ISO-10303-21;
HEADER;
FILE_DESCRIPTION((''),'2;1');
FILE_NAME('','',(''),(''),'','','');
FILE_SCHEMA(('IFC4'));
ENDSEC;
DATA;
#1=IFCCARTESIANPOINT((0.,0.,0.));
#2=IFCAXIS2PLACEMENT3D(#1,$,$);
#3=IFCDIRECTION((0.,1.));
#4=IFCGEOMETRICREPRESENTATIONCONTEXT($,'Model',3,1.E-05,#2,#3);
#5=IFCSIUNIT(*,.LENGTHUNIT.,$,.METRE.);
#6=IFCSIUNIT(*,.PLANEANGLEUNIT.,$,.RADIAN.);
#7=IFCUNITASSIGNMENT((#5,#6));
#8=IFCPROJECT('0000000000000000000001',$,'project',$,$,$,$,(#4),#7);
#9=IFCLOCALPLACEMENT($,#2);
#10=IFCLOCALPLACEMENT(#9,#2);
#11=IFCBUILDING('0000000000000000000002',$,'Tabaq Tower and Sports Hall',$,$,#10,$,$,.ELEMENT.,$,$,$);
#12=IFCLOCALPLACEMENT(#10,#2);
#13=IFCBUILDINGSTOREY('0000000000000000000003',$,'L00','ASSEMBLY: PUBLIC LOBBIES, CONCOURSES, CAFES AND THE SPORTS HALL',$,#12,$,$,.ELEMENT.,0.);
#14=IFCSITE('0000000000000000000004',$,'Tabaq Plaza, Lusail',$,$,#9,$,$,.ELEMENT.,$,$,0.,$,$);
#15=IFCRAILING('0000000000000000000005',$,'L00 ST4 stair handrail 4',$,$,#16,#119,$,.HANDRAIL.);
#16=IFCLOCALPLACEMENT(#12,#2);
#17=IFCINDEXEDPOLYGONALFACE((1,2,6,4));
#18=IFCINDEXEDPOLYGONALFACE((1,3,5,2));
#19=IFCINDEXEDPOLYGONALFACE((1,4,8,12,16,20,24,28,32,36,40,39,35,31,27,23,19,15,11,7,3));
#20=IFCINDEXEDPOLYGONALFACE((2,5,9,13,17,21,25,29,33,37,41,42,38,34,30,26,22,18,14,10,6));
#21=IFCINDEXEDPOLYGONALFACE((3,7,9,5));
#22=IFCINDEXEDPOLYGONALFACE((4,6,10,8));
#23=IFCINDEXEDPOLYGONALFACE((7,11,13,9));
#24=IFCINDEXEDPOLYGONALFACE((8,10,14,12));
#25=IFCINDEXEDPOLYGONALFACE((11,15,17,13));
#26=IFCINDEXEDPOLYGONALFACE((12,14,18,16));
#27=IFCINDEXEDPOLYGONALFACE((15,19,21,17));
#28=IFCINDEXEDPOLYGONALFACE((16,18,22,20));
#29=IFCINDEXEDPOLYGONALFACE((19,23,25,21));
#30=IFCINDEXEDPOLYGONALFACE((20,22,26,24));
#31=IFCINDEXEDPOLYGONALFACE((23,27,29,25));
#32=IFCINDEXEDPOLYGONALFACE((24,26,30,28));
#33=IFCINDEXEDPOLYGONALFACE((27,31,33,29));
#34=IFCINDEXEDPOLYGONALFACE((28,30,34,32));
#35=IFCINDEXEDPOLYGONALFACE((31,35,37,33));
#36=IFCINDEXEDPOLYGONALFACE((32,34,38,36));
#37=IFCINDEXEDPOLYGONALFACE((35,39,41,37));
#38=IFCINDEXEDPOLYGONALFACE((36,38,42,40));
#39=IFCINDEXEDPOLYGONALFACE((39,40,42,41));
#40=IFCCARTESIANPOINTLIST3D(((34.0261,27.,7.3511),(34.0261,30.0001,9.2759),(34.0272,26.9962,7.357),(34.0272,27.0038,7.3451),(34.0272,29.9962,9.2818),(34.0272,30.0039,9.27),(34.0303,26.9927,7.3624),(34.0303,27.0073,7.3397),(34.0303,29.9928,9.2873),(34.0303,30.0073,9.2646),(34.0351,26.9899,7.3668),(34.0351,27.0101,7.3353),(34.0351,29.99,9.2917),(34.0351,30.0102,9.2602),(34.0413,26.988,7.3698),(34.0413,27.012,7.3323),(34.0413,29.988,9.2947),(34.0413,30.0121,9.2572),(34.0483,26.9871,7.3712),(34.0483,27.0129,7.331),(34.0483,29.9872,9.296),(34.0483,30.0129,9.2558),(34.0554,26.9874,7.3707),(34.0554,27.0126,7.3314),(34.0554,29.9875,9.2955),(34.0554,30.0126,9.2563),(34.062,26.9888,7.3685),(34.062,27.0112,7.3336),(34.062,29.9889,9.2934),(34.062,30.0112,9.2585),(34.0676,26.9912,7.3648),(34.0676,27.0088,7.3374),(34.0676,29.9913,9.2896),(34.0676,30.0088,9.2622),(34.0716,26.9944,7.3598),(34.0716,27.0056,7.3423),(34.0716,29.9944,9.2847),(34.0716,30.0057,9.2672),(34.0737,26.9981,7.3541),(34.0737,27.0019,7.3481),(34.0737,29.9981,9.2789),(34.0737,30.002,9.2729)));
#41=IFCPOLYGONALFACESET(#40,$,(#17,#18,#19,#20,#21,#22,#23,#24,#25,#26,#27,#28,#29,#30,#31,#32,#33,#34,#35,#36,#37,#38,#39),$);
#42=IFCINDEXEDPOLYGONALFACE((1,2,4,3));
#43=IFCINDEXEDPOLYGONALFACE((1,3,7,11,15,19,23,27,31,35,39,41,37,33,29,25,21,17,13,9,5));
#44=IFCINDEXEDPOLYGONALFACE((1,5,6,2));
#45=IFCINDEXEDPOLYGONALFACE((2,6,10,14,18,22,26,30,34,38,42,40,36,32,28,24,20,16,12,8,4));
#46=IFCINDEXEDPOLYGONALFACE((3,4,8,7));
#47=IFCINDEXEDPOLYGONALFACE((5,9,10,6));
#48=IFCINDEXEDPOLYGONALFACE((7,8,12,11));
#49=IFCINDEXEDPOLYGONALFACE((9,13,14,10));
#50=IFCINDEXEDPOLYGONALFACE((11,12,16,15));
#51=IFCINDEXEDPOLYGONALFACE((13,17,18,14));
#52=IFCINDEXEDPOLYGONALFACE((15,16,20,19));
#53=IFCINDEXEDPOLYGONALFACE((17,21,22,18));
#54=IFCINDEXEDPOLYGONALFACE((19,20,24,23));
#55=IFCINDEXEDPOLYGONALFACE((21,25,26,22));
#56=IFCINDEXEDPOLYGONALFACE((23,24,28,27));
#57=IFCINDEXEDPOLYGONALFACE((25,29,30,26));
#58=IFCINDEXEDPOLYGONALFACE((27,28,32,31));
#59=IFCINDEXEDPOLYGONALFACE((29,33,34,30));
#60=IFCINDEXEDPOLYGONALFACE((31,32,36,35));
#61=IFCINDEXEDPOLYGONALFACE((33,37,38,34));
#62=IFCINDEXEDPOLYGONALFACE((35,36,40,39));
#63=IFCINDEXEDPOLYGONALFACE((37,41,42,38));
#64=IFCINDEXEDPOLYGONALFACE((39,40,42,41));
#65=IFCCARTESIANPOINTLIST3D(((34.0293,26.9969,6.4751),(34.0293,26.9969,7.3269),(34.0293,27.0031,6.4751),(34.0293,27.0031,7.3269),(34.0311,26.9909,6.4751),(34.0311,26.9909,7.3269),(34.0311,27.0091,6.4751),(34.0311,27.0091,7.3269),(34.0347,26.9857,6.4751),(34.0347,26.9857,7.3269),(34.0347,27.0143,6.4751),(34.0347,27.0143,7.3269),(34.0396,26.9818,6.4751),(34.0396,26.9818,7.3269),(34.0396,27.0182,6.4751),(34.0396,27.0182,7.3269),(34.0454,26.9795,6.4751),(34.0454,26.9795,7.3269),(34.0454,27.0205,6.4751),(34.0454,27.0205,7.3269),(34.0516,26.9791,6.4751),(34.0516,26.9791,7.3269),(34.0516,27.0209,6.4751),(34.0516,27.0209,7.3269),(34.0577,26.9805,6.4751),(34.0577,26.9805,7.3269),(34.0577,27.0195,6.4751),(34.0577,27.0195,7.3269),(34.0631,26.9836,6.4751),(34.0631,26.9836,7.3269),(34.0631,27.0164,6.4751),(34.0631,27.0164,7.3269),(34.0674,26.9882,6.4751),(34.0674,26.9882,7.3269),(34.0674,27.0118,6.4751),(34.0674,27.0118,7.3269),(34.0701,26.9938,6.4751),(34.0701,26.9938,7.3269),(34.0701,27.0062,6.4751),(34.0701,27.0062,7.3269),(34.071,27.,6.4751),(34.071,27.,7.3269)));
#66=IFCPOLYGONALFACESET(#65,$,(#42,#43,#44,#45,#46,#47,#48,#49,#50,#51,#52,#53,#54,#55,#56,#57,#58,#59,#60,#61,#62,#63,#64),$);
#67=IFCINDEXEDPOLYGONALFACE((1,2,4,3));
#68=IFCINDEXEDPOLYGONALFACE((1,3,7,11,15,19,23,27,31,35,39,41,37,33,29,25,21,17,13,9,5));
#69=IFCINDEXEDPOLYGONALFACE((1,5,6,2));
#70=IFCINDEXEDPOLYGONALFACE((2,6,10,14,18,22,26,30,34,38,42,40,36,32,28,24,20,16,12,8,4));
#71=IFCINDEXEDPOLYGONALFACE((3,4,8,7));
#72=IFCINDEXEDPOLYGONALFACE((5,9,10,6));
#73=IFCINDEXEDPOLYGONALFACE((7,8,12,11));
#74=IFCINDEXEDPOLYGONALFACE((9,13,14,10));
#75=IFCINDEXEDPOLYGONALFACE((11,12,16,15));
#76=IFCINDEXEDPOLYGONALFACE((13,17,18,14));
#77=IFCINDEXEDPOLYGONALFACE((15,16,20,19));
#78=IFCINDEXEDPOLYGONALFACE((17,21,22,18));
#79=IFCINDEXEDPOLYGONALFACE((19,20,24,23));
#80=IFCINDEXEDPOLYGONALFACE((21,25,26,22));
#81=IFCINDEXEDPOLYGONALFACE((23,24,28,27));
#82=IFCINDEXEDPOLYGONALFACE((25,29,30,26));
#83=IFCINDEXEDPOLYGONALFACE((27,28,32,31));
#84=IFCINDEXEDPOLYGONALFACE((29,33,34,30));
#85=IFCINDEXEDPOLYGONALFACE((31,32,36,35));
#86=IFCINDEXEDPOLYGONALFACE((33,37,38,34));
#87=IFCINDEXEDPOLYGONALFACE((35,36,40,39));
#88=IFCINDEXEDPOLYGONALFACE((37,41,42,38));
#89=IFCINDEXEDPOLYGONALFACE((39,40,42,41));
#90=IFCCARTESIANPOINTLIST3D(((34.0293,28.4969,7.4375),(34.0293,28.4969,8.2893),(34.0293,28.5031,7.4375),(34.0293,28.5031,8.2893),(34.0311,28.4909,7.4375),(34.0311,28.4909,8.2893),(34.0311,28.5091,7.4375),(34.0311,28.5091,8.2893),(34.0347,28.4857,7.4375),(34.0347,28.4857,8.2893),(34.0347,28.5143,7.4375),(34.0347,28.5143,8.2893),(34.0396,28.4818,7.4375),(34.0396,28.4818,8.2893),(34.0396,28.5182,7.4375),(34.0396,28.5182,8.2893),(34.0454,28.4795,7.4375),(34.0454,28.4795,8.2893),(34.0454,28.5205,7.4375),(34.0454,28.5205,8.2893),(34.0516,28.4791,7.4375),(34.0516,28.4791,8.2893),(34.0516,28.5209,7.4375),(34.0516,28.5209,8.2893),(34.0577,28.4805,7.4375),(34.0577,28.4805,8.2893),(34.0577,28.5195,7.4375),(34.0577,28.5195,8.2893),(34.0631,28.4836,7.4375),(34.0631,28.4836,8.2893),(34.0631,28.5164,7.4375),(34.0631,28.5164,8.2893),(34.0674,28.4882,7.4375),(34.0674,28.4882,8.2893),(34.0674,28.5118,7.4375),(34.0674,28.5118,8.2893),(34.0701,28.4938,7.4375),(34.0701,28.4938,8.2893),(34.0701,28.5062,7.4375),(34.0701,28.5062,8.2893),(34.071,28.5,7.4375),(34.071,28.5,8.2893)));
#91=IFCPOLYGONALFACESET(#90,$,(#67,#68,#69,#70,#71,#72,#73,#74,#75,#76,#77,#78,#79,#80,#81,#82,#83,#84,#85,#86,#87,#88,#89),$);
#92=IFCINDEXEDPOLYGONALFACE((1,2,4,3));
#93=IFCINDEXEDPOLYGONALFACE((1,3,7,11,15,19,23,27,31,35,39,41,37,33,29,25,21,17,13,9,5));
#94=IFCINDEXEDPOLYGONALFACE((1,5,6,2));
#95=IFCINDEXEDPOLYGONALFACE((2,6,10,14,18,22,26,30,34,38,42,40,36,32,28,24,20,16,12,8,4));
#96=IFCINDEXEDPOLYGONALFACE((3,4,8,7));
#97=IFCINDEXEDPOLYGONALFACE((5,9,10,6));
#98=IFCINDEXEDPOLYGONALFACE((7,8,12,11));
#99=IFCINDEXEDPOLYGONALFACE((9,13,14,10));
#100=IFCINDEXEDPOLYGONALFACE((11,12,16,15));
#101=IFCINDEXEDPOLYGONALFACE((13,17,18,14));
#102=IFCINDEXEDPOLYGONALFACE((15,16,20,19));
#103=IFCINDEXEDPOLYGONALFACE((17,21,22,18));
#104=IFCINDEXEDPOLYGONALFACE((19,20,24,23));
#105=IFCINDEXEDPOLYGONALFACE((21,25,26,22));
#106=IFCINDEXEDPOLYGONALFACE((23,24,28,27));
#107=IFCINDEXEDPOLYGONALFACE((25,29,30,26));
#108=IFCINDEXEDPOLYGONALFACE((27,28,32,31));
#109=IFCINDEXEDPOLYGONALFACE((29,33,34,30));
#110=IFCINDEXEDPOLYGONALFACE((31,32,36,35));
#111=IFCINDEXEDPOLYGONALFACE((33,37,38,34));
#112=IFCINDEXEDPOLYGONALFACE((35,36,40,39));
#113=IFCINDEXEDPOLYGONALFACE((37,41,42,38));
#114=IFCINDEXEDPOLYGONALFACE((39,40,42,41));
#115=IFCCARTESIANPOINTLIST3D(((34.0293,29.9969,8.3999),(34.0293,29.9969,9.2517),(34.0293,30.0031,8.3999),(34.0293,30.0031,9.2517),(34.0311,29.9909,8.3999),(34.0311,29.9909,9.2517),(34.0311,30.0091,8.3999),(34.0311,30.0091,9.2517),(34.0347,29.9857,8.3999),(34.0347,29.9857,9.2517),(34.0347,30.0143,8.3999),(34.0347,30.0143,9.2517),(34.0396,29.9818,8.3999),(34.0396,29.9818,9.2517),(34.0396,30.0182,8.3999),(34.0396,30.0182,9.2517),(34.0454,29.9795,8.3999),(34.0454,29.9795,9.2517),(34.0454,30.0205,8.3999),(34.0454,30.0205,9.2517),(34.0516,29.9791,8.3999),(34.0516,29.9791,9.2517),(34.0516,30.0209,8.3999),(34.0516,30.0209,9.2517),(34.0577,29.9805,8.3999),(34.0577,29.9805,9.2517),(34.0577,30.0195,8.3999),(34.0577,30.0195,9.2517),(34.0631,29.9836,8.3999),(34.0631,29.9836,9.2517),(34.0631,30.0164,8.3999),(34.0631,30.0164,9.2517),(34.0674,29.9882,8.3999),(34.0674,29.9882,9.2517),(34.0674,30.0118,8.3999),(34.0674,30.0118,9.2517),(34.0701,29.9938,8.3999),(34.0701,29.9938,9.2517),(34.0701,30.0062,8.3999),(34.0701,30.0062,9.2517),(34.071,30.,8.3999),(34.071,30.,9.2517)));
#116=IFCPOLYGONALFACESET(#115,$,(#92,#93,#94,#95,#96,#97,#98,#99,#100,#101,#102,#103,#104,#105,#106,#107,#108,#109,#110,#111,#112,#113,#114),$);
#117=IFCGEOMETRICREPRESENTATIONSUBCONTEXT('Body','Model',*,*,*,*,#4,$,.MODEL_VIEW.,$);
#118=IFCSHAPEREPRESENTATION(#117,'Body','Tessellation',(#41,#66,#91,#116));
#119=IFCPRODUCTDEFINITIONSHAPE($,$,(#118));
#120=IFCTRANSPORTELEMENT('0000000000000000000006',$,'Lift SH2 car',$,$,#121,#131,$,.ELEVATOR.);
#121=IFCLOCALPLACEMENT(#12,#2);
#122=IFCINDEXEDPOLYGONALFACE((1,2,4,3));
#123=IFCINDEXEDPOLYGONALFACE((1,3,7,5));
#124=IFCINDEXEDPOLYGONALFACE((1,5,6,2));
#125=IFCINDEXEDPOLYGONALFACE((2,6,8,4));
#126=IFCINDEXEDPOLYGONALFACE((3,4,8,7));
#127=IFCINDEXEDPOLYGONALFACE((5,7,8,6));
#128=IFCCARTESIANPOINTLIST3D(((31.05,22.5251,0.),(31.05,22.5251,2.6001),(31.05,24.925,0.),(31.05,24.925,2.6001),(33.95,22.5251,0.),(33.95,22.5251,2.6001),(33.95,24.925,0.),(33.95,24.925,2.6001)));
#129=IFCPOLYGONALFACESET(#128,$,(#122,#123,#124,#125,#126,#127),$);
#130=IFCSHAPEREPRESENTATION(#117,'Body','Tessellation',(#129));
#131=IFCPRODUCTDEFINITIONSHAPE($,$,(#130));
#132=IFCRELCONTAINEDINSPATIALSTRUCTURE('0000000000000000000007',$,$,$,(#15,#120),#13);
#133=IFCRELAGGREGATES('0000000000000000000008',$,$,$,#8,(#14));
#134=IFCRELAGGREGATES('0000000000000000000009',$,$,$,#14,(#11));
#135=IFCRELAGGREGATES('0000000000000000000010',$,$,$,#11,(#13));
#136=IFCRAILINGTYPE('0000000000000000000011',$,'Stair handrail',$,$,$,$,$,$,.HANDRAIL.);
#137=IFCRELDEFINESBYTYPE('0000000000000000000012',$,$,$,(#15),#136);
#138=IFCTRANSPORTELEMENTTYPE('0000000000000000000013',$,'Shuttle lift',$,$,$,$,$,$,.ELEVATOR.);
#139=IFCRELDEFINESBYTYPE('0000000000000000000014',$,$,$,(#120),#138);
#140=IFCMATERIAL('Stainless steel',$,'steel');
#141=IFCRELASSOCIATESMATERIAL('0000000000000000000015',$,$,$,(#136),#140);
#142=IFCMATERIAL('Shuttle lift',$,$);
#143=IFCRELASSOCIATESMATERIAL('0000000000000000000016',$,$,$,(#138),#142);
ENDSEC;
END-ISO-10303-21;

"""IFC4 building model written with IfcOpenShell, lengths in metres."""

from ifc_helpers import new_model, si_unit, direction, frame, origin, origin_2d, place, context, subcontext, project, spatial, rectangle, circle, extrude, material, type_object, element, save


model = new_model("IFC4")

# Units and contexts
model_context = context("Model", 3, precision=1e-05, world=origin(), true_north=direction((0.0, 1.0)))
body_context = subcontext(model_context, "Body", "Model", "MODEL_VIEW")
ifc_project = project(units=[si_unit("LENGTHUNIT", "METRE"), si_unit("PLANEANGLEUNIT", "RADIAN")], contexts=[model_context])

# Site, building, storey
site_placement = place(None, origin())
site = spatial("IfcSite", under=ifc_project, at=site_placement, Name="Tabaq Plaza, Lusail", CompositionType="ELEMENT", RefElevation=0.0)
building_placement = place(site_placement, origin())
building = spatial("IfcBuilding", under=site, at=building_placement, Name="Tabaq Tower and Sports Hall", CompositionType="ELEMENT")
storey_placement = place(building_placement, origin())
storey = spatial("IfcBuildingStorey", under=building, at=storey_placement, Name="L00", Description="ASSEMBLY: PUBLIC LOBBIES, CONCOURSES, CAFES AND THE SPORTS HALL", CompositionType="ELEMENT", Elevation=0.0)

# Railing
ifc_material_1 = material(Name="Stainless steel", Category="steel")
railing_type_1 = type_object("IfcRailingType", Name="Stair handrail", PredefinedType="HANDRAIL", material=ifc_material_1)
railing_1_placement = place(storey_placement, frame((34.05, 27.0, 6.4751)))
element("IfcRailing", 1, at=railing_1_placement, inside=storey, type_object=railing_type_1, Name="L00 ST4 stair handrail 4", PredefinedType="HANDRAIL", context=body_context, shape_type="SweptSolid", body=[
    extrude(circle(Radius=0.0239, at=origin_2d()), frame((0.0, 0.0, 0.876), z_axis=(0.0, 0.841659, 0.54001), x_axis=(-1.0, 0.0, 0.0)), (0.0, 0.0, 1.0), 3.5645),
    extrude(circle(Radius=0.021, at=origin_2d()), origin(), (0.0, 0.0, 1.0), 0.8518),
    extrude(circle(Radius=0.021, at=origin_2d()), frame((0.0, 1.5, 0.9624)), (0.0, 0.0, 1.0), 0.8518),
    extrude(circle(Radius=0.021, at=origin_2d()), frame((0.0, 3.0, 1.9248)), (0.0, 0.0, 1.0), 0.8518),
])

# Transport element
ifc_material_2 = material(Name="Shuttle lift")
transport_element_type = type_object("IfcTransportElementType", Name="Shuttle lift", PredefinedType="ELEVATOR", material=ifc_material_2)
transport_element_placement = place(storey_placement, frame((32.5, 23.7251, 0.0), z_axis=(0.0, 0.0, 1.0), x_axis=(1.0, 0.0, 0.0)))
element("IfcTransportElement", 2, at=transport_element_placement, inside=storey, type_object=transport_element_type, Name="Lift SH2 car", PredefinedType="ELEVATOR", context=body_context, shape_type="SweptSolid", body=[
    extrude(rectangle(XDim=2.8999, YDim=2.3999, at=origin_2d()), origin(), (0.0, 0.0, 1.0), 2.6001),
])

save(model, "model.ifc")
